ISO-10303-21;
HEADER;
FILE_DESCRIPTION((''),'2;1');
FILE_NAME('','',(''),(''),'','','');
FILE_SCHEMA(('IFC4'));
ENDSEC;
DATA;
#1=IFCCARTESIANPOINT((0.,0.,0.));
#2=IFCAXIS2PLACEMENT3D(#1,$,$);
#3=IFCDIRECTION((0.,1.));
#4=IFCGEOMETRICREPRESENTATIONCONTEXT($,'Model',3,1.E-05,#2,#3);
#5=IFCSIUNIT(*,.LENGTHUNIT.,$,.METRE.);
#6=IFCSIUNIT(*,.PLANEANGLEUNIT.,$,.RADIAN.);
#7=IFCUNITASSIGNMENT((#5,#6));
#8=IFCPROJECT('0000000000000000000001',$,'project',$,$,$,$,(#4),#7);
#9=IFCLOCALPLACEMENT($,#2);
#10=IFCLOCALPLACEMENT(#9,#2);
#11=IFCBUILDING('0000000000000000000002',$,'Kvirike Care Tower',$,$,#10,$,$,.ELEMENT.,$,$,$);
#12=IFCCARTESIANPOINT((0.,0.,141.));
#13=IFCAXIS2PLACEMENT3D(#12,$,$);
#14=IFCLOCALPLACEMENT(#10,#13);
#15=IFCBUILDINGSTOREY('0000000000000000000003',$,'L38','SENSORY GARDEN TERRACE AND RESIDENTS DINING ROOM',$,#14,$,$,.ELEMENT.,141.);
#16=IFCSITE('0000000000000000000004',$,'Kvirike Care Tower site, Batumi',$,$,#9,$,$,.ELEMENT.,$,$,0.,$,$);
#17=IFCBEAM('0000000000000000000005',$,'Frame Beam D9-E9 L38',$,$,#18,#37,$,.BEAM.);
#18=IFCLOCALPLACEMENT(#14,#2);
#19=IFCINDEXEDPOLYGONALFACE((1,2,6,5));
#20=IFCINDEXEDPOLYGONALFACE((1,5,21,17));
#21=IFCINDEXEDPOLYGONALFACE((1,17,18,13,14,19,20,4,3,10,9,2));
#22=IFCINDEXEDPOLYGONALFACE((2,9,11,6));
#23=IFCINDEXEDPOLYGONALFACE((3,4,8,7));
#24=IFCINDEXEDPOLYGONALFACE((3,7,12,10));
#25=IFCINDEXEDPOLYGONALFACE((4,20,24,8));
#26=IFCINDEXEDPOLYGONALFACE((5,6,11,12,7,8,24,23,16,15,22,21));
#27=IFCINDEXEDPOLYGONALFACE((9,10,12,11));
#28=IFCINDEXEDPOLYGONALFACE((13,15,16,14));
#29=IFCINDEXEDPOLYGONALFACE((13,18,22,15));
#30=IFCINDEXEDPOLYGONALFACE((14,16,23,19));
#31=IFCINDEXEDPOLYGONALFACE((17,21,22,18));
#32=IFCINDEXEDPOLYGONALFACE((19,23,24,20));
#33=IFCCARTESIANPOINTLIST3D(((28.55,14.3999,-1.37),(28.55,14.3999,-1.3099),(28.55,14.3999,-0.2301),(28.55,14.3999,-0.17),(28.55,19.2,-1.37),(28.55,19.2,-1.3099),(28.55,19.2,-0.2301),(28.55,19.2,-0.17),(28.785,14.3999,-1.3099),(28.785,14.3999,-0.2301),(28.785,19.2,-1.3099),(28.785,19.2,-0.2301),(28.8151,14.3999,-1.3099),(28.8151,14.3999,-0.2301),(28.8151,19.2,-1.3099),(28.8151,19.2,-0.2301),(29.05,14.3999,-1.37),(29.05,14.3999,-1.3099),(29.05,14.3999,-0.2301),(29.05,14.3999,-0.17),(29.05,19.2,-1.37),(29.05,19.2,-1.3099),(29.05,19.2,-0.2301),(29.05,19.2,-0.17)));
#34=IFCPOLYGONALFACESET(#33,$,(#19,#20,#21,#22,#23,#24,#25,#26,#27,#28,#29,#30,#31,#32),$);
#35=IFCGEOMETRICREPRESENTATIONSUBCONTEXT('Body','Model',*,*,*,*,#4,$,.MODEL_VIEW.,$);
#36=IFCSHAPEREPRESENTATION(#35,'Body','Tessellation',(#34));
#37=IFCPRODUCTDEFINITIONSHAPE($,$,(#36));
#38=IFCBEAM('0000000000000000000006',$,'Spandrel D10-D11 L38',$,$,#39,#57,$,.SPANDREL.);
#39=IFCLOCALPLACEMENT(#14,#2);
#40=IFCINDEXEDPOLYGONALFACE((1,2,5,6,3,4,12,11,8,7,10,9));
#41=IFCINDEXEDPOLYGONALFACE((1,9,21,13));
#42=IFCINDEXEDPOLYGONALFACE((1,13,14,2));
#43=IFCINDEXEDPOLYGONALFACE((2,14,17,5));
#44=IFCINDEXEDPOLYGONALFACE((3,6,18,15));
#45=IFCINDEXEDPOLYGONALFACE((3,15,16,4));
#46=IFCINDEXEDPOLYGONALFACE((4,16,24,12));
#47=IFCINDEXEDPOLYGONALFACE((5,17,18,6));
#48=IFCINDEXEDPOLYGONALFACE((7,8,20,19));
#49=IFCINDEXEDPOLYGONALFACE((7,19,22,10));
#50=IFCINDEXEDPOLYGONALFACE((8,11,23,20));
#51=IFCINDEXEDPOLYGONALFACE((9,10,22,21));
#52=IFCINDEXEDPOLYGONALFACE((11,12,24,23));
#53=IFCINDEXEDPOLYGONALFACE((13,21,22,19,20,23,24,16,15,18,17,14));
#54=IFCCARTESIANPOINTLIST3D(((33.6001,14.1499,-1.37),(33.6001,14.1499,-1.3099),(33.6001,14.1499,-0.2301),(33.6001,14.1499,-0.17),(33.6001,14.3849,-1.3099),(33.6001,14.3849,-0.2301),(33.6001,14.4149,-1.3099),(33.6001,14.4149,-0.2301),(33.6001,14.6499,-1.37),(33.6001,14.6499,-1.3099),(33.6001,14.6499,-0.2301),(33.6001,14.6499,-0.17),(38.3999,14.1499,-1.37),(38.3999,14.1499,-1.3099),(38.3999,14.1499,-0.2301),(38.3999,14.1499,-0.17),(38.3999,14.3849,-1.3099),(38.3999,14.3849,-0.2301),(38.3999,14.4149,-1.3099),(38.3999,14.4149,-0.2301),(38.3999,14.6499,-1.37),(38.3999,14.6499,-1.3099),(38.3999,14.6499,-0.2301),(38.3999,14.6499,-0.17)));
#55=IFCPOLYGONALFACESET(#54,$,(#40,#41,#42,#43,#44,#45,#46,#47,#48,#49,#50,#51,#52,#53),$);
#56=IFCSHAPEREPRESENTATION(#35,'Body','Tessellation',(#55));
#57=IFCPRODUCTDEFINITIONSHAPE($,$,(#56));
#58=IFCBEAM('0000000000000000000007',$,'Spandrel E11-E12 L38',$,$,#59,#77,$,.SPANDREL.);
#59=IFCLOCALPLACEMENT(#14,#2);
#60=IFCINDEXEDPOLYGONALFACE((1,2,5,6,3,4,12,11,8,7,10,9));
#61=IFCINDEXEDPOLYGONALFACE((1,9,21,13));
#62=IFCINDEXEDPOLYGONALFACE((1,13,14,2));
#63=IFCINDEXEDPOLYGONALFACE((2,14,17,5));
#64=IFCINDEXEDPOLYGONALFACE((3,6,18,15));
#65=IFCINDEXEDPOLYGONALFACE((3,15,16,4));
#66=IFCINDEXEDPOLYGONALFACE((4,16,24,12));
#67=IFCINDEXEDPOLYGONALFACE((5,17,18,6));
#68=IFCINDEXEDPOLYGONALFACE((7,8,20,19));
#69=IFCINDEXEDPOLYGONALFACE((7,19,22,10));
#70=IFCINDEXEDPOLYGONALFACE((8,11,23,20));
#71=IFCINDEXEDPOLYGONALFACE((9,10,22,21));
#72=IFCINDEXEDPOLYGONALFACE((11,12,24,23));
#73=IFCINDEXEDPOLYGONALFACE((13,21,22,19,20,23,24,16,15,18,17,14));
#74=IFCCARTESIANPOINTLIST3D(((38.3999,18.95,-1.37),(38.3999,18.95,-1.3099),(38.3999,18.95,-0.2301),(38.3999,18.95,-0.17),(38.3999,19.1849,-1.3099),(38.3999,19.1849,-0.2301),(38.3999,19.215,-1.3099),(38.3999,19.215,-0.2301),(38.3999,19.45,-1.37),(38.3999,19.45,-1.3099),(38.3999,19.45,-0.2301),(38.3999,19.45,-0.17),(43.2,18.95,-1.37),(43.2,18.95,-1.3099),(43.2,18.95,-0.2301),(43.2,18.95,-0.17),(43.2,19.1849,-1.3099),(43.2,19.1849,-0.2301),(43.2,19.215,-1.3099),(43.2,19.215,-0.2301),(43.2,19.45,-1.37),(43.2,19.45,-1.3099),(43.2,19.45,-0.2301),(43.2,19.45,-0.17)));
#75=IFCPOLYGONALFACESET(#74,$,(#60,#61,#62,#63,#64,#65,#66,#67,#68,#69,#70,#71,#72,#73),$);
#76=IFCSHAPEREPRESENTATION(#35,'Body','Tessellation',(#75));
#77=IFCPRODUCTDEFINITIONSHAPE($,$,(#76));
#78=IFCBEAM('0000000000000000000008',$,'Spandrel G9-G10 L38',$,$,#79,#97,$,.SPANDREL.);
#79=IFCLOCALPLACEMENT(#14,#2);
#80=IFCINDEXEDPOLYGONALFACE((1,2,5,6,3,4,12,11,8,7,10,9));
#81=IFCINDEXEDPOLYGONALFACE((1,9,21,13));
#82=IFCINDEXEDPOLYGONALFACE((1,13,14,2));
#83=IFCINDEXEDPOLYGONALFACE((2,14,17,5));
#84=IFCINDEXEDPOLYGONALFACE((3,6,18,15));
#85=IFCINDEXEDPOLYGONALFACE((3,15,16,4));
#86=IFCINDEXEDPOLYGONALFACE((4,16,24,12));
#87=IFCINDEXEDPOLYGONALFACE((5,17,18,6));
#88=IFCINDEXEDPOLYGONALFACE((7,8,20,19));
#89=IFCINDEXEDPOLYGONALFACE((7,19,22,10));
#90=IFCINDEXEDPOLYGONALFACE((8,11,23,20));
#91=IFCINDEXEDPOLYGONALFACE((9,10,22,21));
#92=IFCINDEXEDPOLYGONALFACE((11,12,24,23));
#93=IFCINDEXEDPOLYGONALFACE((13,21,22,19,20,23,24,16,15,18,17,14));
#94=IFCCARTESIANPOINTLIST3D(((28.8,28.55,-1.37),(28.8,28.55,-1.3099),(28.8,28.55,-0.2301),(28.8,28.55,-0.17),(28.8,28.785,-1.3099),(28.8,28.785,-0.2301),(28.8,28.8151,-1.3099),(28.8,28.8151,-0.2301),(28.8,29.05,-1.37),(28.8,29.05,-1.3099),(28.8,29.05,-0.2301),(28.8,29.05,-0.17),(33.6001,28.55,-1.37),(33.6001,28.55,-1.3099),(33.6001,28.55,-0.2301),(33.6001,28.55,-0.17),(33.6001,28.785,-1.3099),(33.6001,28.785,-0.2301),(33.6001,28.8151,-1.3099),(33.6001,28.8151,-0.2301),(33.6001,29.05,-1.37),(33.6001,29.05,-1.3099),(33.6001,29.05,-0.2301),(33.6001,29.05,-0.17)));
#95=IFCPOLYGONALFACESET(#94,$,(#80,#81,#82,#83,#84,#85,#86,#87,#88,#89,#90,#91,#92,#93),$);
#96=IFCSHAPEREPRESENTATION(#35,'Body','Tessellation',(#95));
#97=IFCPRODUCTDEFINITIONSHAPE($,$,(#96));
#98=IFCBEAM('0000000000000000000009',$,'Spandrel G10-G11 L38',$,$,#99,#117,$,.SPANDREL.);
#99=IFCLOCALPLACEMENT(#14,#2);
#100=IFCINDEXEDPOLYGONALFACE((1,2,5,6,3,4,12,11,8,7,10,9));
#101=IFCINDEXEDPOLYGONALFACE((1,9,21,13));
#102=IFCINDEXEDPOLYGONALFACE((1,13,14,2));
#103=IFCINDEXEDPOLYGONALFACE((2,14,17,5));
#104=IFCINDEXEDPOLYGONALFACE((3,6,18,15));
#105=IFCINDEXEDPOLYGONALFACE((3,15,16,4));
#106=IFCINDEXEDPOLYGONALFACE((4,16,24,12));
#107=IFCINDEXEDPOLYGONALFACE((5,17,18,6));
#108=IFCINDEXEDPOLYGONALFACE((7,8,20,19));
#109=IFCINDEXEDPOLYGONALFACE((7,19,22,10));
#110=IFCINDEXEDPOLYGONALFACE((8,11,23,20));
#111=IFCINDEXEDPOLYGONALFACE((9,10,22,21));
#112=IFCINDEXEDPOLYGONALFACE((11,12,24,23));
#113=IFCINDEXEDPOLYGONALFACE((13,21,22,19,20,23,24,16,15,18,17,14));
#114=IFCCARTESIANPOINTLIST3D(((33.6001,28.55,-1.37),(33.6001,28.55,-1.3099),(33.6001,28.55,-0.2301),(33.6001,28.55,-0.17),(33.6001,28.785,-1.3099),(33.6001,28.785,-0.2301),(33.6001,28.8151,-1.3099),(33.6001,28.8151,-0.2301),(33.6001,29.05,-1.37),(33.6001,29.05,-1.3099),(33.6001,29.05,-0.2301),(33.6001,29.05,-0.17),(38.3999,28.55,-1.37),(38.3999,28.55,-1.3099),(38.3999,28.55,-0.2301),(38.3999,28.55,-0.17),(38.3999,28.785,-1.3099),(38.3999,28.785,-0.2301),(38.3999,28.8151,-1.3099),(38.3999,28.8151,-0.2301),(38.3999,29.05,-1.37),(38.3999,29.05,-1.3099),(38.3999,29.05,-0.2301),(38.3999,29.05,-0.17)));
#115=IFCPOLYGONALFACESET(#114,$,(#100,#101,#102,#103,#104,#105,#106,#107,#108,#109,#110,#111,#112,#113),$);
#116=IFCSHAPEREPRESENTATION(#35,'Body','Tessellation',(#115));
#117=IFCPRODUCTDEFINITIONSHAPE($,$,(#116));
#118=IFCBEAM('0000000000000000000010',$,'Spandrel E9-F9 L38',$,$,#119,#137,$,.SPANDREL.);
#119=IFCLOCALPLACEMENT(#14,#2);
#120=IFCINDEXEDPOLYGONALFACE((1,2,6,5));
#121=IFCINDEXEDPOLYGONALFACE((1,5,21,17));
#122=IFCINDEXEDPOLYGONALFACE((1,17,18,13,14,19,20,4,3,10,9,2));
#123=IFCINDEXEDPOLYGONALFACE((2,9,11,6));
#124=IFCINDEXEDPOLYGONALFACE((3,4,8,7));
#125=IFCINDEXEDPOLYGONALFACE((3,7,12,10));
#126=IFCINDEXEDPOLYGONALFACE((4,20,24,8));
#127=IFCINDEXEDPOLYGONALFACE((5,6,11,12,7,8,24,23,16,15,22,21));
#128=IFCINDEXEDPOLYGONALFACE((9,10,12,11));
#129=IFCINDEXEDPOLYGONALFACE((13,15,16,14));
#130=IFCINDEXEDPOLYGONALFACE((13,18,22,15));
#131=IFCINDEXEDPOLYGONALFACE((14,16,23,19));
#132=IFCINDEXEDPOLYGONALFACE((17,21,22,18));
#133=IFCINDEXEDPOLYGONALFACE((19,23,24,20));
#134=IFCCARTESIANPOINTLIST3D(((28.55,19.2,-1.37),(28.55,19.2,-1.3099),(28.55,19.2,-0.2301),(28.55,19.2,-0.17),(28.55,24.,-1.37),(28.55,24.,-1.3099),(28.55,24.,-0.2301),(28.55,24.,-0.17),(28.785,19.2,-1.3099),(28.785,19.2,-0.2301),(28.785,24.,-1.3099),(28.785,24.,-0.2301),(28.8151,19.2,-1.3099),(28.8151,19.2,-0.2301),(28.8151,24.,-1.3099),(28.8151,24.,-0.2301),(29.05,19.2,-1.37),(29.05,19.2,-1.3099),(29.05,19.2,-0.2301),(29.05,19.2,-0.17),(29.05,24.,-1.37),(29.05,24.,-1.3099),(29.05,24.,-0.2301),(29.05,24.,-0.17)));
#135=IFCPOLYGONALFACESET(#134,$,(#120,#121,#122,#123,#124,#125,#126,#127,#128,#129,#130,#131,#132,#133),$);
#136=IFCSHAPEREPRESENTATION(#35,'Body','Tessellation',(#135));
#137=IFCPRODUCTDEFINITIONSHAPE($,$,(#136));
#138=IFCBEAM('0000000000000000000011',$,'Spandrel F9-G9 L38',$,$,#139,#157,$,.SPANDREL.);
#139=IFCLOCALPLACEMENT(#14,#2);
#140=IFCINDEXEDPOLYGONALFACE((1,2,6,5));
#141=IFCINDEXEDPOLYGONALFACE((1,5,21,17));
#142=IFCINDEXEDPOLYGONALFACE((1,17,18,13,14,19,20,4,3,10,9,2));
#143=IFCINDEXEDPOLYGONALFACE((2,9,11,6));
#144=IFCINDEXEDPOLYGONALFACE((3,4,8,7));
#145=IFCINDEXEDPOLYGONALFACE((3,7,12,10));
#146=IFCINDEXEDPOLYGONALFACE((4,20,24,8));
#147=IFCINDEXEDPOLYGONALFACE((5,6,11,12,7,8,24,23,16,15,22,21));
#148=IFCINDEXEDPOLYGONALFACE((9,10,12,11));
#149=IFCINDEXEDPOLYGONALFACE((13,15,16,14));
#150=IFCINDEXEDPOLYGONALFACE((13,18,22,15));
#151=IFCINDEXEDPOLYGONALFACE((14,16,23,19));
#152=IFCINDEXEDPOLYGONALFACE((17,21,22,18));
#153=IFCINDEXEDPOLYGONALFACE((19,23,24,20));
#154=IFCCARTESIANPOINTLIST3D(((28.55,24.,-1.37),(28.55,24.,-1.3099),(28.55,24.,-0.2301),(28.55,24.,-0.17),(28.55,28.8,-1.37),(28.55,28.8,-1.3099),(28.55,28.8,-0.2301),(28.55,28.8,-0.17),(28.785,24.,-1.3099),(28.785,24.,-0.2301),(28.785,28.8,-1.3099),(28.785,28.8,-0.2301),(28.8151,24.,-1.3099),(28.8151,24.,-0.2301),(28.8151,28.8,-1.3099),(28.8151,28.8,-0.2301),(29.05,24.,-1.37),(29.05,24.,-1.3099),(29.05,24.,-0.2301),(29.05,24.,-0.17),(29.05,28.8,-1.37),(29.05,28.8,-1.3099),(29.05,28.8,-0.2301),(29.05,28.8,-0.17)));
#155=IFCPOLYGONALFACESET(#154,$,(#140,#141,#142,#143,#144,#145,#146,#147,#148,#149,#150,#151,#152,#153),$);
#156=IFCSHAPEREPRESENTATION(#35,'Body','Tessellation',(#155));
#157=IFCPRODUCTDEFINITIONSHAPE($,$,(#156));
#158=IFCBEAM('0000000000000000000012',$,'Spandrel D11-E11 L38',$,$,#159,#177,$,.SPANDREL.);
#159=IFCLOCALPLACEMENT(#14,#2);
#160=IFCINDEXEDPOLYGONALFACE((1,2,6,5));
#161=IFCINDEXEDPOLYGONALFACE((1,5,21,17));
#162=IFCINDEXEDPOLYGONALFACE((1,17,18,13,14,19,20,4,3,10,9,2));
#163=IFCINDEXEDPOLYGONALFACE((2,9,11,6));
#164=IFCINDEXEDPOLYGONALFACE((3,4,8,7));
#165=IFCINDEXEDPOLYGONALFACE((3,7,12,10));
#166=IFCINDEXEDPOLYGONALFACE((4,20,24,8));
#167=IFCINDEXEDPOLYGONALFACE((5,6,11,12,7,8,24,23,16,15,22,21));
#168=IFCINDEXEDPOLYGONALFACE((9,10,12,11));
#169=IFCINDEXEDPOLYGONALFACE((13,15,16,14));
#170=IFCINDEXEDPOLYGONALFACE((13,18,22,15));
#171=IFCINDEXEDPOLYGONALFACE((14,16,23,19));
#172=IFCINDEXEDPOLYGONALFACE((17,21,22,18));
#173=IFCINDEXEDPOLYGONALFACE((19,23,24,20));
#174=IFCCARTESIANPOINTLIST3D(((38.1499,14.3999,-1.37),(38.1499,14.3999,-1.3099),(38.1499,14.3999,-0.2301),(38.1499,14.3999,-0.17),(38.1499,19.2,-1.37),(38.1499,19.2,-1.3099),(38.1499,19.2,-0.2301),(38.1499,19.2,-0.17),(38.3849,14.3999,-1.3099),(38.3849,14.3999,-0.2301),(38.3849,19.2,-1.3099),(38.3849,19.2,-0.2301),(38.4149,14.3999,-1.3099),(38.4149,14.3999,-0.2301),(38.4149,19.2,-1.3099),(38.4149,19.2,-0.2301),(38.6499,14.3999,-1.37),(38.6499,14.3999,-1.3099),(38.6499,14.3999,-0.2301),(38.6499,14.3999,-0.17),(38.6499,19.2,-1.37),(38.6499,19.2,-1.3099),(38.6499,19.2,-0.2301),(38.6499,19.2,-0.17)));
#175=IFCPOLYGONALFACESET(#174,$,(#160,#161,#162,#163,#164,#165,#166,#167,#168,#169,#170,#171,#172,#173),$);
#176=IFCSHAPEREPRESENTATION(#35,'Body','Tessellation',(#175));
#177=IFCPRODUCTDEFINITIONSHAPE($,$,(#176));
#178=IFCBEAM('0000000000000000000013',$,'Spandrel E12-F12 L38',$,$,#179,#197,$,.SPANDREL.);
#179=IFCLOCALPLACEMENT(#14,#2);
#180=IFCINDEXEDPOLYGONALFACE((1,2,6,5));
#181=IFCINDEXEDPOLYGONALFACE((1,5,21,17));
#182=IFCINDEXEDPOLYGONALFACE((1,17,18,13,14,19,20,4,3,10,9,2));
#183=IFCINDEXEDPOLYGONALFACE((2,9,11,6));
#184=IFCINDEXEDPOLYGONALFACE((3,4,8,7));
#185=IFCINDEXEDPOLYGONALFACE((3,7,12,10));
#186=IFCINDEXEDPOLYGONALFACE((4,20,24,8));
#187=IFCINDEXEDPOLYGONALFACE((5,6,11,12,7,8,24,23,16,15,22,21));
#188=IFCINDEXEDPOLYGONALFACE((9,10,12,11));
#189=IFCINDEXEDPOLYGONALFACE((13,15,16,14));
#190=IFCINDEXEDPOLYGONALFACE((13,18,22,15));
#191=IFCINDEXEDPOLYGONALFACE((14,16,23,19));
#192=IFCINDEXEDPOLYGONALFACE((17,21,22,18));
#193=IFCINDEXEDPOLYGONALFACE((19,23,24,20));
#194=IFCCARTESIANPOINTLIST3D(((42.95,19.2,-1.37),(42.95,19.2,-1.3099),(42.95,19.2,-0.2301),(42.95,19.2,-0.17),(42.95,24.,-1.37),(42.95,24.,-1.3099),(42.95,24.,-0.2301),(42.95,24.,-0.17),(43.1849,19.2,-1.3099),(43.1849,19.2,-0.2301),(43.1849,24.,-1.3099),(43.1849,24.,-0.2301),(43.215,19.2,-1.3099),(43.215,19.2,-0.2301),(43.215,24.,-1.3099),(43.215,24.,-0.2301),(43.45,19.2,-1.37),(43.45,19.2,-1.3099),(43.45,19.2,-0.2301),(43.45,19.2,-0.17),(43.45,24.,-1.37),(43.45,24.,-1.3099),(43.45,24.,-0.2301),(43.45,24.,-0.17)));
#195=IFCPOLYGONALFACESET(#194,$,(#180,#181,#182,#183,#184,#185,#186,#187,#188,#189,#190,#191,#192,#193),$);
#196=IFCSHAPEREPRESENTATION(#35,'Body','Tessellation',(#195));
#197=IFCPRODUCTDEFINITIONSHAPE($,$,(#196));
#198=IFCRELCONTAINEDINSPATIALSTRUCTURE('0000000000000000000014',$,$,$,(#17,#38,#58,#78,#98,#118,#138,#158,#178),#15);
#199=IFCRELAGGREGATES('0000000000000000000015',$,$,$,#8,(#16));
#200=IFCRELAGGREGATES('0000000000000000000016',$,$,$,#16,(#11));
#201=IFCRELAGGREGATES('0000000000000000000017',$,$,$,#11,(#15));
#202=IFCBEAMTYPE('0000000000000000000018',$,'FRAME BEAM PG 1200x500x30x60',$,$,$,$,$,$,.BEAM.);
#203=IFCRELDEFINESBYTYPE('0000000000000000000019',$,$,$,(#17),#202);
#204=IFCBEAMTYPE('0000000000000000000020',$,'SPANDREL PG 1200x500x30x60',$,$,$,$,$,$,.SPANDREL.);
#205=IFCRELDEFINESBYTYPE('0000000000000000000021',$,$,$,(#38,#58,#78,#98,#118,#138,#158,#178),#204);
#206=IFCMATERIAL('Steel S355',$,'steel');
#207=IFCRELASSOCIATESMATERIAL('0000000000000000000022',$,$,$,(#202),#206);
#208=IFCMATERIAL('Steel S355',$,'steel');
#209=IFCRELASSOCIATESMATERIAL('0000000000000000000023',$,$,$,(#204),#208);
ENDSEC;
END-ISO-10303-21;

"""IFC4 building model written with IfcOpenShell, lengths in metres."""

from ifc_helpers import new_model, si_unit, direction, frame, origin, origin_2d, place, context, subcontext, project, spatial, i_section, extrude, material, material_profile, profile_set, type_object, element, save


model = new_model("IFC4")

# Units and contexts
model_context = context("Model", 3, precision=1e-05, world=origin(), true_north=direction((0.0, 1.0)))
body_context = subcontext(model_context, "Body", "Model", "MODEL_VIEW")
ifc_project = project(units=[si_unit("LENGTHUNIT", "METRE"), si_unit("PLANEANGLEUNIT", "RADIAN")], contexts=[model_context])

# Site, building, storey
site_placement = place(None, origin())
site = spatial("IfcSite", under=ifc_project, at=site_placement, Name="Kvirike Care Tower site, Batumi", CompositionType="ELEMENT", RefElevation=0.0)
building_placement = place(site_placement, origin())
building = spatial("IfcBuilding", under=site, at=building_placement, Name="Kvirike Care Tower", CompositionType="ELEMENT")
storey_placement = place(building_placement, frame((0.0, 0.0, 141.0)))
storey = spatial("IfcBuildingStorey", under=building, at=storey_placement, Name="L38", Description="SENSORY GARDEN TERRACE AND RESIDENTS DINING ROOM", CompositionType="ELEMENT", Elevation=141.0)

# Beams
ifc_material_1 = material(Name="Steel S355", Category="steel")
ifc_material_profile_1 = material_profile(ifc_material_1, i_section(OverallWidth=0.5, OverallDepth=1.2, WebThickness=0.03, FlangeThickness=0.0601, at=origin_2d()), Name="PG 1200x500x30x60")
ifc_profile_set_1 = profile_set([ifc_material_profile_1], Name="Steel S355")
beam_type_1 = type_object("IfcBeamType", Name="FRAME BEAM PG 1200x500x30x60", PredefinedType="BEAM", material=ifc_profile_set_1)
for number, where, z_axis, x_axis, name in (
    (1, (28.8, 14.3999, -0.77), (0.0, 1.0, 0.0), (-1.0, 0.0, 0.0), "Frame Beam D9-E9 L38"),
):
    element("IfcBeam", number, at=place(storey_placement, frame(where, z_axis=z_axis, x_axis=x_axis)), inside=storey, type_object=beam_type_1, Name=name, PredefinedType="BEAM", context=body_context, shape_type="SweptSolid", body=[
        extrude(i_section(OverallWidth=0.5, OverallDepth=1.2, WebThickness=0.03, FlangeThickness=0.0601, at=origin_2d()), origin(), (0.0, 0.0, 1.0), 4.8),
    ])
ifc_material_2 = material(Name="Steel S355", Category="steel")
ifc_material_profile_2 = material_profile(ifc_material_2, i_section(OverallWidth=0.5, OverallDepth=1.2, WebThickness=0.03, FlangeThickness=0.0601, at=origin_2d()), Name="PG 1200x500x30x60")
ifc_profile_set_2 = profile_set([ifc_material_profile_2], Name="Steel S355")
beam_type_2 = type_object("IfcBeamType", Name="SPANDREL PG 1200x500x30x60", PredefinedType="SPANDREL", material=ifc_profile_set_2)
beam_1_placement = place(storey_placement, frame((33.6001, 14.3999, -0.77), z_axis=(1.0, 0.0, 0.0), x_axis=(0.0, 1.0, 0.0)))
element("IfcBeam", 2, at=beam_1_placement, inside=storey, type_object=beam_type_2, Name="Spandrel D10-D11 L38", PredefinedType="SPANDREL", context=body_context, shape_type="SweptSolid", body=[
    extrude(i_section(OverallWidth=0.5, OverallDepth=1.2, WebThickness=0.03, FlangeThickness=0.0601, at=origin_2d()), origin(), (0.0, 0.0, 1.0), 4.7998),
])
for number, where, z_axis, x_axis, name in (
    (3, (38.3999, 19.2, -0.77), (1.0, 0.0, 0.0), (0.0, 1.0, 0.0), "Spandrel E11-E12 L38"),
    (4, (28.8, 28.8, -0.77), (1.0, 0.0, 0.0), (0.0, 1.0, 0.0), "Spandrel G9-G10 L38"),
):
    element("IfcBeam", number, at=place(storey_placement, frame(where, z_axis=z_axis, x_axis=x_axis)), inside=storey, type_object=beam_type_2, Name=name, PredefinedType="SPANDREL", context=body_context, shape_type="SweptSolid", body=[
        extrude(i_section(OverallWidth=0.5, OverallDepth=1.2, WebThickness=0.03, FlangeThickness=0.0601, at=origin_2d()), origin(), (0.0, 0.0, 1.0), 4.8),
    ])
beam_2_placement = place(storey_placement, frame((33.6001, 28.8, -0.77), z_axis=(1.0, 0.0, 0.0), x_axis=(0.0, 1.0, 0.0)))
element("IfcBeam", 5, at=beam_2_placement, inside=storey, type_object=beam_type_2, Name="Spandrel G10-G11 L38", PredefinedType="SPANDREL", context=body_context, shape_type="SweptSolid", body=[
    extrude(i_section(OverallWidth=0.5, OverallDepth=1.2, WebThickness=0.03, FlangeThickness=0.0601, at=origin_2d()), origin(), (0.0, 0.0, 1.0), 4.7998),
])
for number, where, z_axis, x_axis, name in (
    (6, (28.8, 19.2, -0.77), (0.0, 1.0, 0.0), (-1.0, 0.0, 0.0), "Spandrel E9-F9 L38"),
    (7, (28.8, 24.0, -0.77), (0.0, 1.0, 0.0), (-1.0, 0.0, 0.0), "Spandrel F9-G9 L38"),
    (8, (38.3999, 14.3999, -0.77), (0.0, 1.0, 0.0), (-1.0, 0.0, 0.0), "Spandrel D11-E11 L38"),
    (9, (43.2, 19.2, -0.77), (0.0, 1.0, 0.0), (-1.0, 0.0, 0.0), "Spandrel E12-F12 L38"),
):
    element("IfcBeam", number, at=place(storey_placement, frame(where, z_axis=z_axis, x_axis=x_axis)), inside=storey, type_object=beam_type_2, Name=name, PredefinedType="SPANDREL", context=body_context, shape_type="SweptSolid", body=[
        extrude(i_section(OverallWidth=0.5, OverallDepth=1.2, WebThickness=0.03, FlangeThickness=0.0601, at=origin_2d()), origin(), (0.0, 0.0, 1.0), 4.8),
    ])

save(model, "model.ifc")
